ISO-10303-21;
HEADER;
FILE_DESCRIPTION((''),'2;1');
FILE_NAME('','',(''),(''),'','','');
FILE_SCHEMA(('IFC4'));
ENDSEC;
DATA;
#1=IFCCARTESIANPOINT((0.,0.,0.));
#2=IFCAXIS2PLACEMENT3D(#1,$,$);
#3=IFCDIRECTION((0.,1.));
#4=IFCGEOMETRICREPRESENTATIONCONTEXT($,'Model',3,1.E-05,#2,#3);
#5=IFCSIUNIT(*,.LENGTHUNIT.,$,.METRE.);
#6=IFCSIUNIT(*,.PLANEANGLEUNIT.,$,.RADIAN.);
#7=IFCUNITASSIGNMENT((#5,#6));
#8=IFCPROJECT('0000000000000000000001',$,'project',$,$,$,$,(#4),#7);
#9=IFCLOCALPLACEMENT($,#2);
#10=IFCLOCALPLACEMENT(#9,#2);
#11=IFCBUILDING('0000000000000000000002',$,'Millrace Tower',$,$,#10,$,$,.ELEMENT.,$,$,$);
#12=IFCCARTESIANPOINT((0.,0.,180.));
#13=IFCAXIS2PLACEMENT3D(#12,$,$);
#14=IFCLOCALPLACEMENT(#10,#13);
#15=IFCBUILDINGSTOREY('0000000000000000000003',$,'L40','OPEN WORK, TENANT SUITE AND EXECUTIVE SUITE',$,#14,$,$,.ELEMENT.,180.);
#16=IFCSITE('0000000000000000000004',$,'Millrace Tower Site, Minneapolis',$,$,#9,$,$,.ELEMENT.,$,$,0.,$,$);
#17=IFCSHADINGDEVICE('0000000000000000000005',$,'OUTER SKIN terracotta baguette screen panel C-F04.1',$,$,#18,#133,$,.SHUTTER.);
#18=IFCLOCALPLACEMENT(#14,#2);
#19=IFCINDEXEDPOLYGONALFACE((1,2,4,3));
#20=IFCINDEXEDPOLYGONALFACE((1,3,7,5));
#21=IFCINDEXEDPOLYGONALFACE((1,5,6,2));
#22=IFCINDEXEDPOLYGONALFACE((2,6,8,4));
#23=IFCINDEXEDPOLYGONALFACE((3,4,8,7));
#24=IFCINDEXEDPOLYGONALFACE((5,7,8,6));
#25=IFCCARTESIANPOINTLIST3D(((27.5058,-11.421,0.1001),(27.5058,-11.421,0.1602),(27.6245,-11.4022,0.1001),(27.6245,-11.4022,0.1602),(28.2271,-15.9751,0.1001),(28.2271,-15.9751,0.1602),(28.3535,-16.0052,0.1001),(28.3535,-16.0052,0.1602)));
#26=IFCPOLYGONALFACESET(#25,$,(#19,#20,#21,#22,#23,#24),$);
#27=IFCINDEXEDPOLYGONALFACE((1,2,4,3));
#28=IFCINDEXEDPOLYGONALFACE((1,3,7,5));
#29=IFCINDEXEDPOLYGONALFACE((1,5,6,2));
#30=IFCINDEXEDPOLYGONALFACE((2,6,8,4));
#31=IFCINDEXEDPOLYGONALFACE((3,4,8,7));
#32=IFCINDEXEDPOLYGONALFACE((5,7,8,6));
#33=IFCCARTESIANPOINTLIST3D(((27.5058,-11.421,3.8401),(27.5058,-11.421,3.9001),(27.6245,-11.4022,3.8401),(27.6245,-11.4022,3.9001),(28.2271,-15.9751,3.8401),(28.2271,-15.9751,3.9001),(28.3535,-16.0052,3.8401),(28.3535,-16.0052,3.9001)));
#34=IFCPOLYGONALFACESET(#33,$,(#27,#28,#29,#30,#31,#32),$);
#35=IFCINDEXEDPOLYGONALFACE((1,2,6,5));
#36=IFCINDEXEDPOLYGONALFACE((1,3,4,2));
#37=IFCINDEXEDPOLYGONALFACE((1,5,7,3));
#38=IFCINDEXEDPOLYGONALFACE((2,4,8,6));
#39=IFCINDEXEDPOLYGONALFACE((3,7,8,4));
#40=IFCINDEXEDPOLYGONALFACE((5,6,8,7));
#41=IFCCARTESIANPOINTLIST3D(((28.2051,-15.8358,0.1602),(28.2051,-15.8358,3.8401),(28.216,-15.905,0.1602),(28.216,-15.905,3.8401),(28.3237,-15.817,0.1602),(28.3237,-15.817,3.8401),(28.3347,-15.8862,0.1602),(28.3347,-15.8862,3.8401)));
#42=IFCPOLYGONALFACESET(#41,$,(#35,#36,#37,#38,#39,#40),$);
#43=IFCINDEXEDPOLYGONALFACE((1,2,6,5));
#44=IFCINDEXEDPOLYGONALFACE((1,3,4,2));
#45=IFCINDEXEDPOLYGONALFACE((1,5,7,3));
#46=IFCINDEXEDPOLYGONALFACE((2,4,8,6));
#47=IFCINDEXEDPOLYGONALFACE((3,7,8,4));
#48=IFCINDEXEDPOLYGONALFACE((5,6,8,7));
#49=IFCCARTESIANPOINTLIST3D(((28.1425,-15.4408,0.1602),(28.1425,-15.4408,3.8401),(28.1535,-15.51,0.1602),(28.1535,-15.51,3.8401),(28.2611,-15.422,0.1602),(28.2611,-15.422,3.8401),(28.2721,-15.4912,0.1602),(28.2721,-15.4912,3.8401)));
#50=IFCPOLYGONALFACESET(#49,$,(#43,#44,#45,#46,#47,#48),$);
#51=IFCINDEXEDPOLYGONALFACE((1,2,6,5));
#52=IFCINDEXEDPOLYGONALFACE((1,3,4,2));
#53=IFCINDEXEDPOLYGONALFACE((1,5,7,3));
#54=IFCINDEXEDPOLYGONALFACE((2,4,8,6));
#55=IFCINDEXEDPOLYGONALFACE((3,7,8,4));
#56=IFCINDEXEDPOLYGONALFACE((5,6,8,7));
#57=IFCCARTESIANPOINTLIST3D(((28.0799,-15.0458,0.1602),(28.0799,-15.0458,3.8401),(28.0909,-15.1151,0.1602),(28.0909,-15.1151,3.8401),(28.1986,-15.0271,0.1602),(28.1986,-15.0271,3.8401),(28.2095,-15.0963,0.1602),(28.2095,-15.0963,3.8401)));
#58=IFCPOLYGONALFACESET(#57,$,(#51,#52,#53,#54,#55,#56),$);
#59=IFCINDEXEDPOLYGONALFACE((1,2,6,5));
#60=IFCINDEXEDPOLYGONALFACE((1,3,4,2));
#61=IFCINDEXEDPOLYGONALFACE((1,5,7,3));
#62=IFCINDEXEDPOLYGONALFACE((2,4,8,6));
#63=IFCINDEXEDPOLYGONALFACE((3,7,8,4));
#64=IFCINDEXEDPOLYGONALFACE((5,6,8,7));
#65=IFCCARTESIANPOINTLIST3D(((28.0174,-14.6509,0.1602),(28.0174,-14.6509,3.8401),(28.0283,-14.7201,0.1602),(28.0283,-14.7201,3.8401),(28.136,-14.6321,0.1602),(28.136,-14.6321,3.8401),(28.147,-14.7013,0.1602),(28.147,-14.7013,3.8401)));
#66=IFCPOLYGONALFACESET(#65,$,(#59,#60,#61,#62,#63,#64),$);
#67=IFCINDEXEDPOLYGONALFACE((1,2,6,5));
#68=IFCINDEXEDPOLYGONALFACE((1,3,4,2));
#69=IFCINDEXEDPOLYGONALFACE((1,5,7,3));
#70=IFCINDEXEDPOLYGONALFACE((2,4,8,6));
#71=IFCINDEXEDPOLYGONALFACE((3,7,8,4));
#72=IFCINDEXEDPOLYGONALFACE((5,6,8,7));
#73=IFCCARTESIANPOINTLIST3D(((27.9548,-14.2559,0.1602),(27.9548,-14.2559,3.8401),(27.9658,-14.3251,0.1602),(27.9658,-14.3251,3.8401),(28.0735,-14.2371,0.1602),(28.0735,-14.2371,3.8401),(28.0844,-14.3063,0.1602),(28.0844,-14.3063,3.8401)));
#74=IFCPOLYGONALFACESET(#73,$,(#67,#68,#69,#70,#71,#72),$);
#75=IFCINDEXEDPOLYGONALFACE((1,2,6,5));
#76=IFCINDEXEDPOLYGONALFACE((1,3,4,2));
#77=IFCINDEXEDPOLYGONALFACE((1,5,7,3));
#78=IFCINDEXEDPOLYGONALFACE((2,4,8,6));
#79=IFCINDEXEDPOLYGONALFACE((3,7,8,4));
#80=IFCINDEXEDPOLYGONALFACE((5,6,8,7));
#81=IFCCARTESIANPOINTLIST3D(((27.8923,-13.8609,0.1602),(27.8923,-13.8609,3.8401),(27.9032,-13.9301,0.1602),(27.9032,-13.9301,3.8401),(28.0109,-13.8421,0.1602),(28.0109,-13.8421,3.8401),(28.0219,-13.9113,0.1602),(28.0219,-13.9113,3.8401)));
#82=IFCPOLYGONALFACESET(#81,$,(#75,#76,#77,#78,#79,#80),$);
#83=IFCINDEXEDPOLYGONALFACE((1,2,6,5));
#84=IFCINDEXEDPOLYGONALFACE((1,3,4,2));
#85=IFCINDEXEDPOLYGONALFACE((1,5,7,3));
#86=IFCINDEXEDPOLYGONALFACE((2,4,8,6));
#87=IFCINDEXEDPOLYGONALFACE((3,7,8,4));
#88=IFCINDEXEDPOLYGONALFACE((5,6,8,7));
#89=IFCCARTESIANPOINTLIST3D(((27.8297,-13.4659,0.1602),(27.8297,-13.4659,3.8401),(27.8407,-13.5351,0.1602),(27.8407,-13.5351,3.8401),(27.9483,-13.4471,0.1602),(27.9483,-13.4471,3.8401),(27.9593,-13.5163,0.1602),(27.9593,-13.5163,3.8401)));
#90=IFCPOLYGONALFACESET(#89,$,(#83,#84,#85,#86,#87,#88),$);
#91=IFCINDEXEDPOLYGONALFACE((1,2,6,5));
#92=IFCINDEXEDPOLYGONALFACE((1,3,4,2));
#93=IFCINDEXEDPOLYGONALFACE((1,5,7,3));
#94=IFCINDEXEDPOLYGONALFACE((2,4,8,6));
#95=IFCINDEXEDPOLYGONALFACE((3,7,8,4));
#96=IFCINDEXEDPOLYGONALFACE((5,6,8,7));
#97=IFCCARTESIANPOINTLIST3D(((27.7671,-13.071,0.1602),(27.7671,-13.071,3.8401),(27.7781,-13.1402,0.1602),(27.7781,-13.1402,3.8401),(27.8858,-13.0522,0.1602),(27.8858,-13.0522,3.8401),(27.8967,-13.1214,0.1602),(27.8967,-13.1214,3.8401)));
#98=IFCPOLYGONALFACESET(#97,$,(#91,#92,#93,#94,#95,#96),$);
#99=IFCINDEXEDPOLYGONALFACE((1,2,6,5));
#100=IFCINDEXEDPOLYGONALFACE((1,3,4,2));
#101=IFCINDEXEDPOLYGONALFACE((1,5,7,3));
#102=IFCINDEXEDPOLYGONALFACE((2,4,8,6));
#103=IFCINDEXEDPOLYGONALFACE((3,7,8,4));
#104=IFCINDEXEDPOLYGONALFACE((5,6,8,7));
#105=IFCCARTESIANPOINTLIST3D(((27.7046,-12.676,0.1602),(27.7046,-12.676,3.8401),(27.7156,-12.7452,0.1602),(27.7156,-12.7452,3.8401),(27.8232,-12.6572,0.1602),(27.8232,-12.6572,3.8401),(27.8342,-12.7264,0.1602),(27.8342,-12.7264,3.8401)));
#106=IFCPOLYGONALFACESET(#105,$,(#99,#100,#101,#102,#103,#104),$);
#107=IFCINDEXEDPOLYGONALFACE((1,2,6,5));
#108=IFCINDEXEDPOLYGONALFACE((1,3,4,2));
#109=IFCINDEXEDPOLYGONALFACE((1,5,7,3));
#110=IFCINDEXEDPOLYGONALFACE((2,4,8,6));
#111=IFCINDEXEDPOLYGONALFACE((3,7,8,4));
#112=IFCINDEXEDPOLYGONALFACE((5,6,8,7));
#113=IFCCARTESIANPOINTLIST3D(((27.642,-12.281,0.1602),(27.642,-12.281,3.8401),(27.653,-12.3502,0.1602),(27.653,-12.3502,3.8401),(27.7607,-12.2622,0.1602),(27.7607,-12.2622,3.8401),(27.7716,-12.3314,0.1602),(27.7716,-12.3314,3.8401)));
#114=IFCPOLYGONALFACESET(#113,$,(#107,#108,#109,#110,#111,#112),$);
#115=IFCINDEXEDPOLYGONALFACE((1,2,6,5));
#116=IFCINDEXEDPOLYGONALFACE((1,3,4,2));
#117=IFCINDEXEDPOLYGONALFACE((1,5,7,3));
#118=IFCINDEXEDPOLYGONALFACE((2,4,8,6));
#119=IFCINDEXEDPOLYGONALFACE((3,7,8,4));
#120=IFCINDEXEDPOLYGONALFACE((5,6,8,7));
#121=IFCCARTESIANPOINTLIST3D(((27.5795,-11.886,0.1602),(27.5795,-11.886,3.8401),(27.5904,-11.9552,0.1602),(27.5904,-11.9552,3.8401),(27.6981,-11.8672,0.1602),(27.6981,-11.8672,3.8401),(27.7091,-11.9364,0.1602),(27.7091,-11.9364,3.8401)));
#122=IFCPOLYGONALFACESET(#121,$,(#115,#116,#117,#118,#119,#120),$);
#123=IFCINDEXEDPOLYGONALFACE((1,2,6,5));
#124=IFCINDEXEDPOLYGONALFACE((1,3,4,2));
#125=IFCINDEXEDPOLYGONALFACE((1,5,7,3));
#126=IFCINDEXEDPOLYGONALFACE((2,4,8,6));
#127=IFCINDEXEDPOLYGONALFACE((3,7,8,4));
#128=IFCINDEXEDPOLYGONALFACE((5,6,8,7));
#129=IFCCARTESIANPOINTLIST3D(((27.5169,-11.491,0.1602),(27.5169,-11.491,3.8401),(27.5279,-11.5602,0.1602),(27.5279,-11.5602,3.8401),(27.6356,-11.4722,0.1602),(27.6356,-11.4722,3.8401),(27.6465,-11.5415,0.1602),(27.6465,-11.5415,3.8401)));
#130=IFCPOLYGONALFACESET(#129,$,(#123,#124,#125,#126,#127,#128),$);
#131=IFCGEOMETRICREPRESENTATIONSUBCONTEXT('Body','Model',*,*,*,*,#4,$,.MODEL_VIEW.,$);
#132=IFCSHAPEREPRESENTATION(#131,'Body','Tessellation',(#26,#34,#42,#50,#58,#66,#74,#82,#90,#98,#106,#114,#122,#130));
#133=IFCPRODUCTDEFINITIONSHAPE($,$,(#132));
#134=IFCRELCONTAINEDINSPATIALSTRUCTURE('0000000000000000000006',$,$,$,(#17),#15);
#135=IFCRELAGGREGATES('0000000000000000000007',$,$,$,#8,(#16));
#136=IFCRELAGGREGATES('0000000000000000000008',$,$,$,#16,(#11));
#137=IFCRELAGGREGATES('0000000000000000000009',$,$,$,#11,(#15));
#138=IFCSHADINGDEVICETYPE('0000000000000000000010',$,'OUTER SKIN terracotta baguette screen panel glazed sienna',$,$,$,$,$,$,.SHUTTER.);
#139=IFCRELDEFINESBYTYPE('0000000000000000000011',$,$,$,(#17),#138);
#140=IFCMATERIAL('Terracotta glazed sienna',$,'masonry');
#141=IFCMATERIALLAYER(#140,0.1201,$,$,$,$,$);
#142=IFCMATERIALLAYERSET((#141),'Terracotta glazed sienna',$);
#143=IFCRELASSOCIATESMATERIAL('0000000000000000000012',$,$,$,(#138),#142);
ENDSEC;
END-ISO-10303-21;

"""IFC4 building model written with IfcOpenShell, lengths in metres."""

from ifc_helpers import new_model, entity, si_unit, direction, frame, frame_2d, origin, place, context, subcontext, project, spatial, rectangle, extrude, source, transform, mapped, material, layer, layer_set, type_object, element, save


model = new_model("IFC4")

# Units and contexts
model_context = context("Model", 3, precision=1e-05, world=origin(), true_north=direction((0.0, 1.0)))
body_context = subcontext(model_context, "Body", "Model", "MODEL_VIEW")
ifc_project = project(units=[si_unit("LENGTHUNIT", "METRE"), si_unit("PLANEANGLEUNIT", "RADIAN")], contexts=[model_context])

# Site, building, storey
site_placement = place(None, origin())
site = spatial("IfcSite", under=ifc_project, at=site_placement, Name="Millrace Tower Site, Minneapolis", CompositionType="ELEMENT", RefElevation=0.0)
building_placement = place(site_placement, origin())
building = spatial("IfcBuilding", under=site, at=building_placement, Name="Millrace Tower", CompositionType="ELEMENT")
storey_placement = place(building_placement, frame((0.0, 0.0, 180.0)))
storey = spatial("IfcBuildingStorey", under=building, at=storey_placement, Name="L40", Description="OPEN WORK, TENANT SUITE AND EXECUTIVE SUITE", CompositionType="ELEMENT", Elevation=180.0)

# Shading device
ifc_material_1 = material(Name="Terracotta glazed sienna", Category="masonry")
ifc_layer_1 = layer(ifc_material_1, 0.1201)
ifc_layer_set_1 = layer_set([ifc_layer_1], Name="Terracotta glazed sienna")
shading_device_type = type_object("IfcShadingDeviceType", Name="OUTER SKIN terracotta baguette screen panel glazed sienna", PredefinedType="SHUTTER", material=ifc_layer_set_1)
cartesian_point_1 = entity("IfcCartesianPoint", [-2.293, 0.0601])
shared_polyline_1 = entity("IfcPolyline", [cartesian_point_1, entity("IfcCartesianPoint", [2.3179, 0.0601]), entity("IfcCartesianPoint", [2.3179, -0.0601]), entity("IfcCartesianPoint", [-2.3425, -0.0601]), cartesian_point_1])
shared_shape_1 = source(origin(), body_context, "Body", "SweptSolid", [
    entity("IfcExtrudedAreaSolid", entity("IfcArbitraryClosedProfileDef", "AREA", None, shared_polyline_1), entity("IfcAxis2Placement3D", entity("IfcCartesianPoint", [0.0, 0.0, 0.0])), entity("IfcDirection", [0.0, 0.0, 1.0]), 0.0601),
    entity("IfcExtrudedAreaSolid", entity("IfcArbitraryClosedProfileDef", "AREA", None, shared_polyline_1), entity("IfcAxis2Placement3D", entity("IfcCartesianPoint", [0.0, 0.0, 3.74])), entity("IfcDirection", [0.0, 0.0, 1.0]), 0.0601),
    extrude(rectangle(XDim=0.0701, YDim=0.1201, at=frame_2d((-2.187, 0.0))), frame((0.0, 0.0, 0.0601)), (0.0, 0.0, 1.0), 3.6799),
    extrude(rectangle(XDim=0.0701, YDim=0.1201, at=frame_2d((-1.7871, 0.0))), frame((0.0, 0.0, 0.0601)), (0.0, 0.0, 1.0), 3.6799),
    extrude(rectangle(XDim=0.0701, YDim=0.1201, at=frame_2d((-1.3872, 0.0))), frame((0.0, 0.0, 0.0601)), (0.0, 0.0, 1.0), 3.6799),
    extrude(rectangle(XDim=0.0701, YDim=0.1201, at=frame_2d((-0.9873, 0.0))), frame((0.0, 0.0, 0.0601)), (0.0, 0.0, 1.0), 3.6799),
    extrude(rectangle(XDim=0.0701, YDim=0.1201, at=frame_2d((-0.5874, 0.0))), frame((0.0, 0.0, 0.0601)), (0.0, 0.0, 1.0), 3.6799),
    extrude(rectangle(XDim=0.0701, YDim=0.1201, at=frame_2d((-0.1875, 0.0))), frame((0.0, 0.0, 0.0601)), (0.0, 0.0, 1.0), 3.6799),
    extrude(rectangle(XDim=0.0701, YDim=0.1201, at=frame_2d((0.2124, 0.0))), frame((0.0, 0.0, 0.0601)), (0.0, 0.0, 1.0), 3.6799),
    extrude(rectangle(XDim=0.0701, YDim=0.1201, at=frame_2d((0.6123, 0.0))), frame((0.0, 0.0, 0.0601)), (0.0, 0.0, 1.0), 3.6799),
    extrude(rectangle(XDim=0.0701, YDim=0.1201, at=frame_2d((1.0122, 0.0))), frame((0.0, 0.0, 0.0601)), (0.0, 0.0, 1.0), 3.6799),
    extrude(rectangle(XDim=0.0701, YDim=0.1201, at=frame_2d((1.4121, 0.0))), frame((0.0, 0.0, 0.0601)), (0.0, 0.0, 1.0), 3.6799),
    extrude(rectangle(XDim=0.0701, YDim=0.1201, at=frame_2d((1.812, 0.0))), frame((0.0, 0.0, 0.0601)), (0.0, 0.0, 1.0), 3.6799),
    extrude(rectangle(XDim=0.0701, YDim=0.1201, at=frame_2d((2.2119, 0.0))), frame((0.0, 0.0, 0.0601)), (0.0, 0.0, 1.0), 3.6799),
])
shading_device_1_placement = place(storey_placement, frame((27.9277, -13.7009, 0.1001), z_axis=(0.0, 0.0, 1.0), x_axis=(-0.156434, 0.987688, 0.0)))
element("IfcShadingDevice", 1, at=shading_device_1_placement, inside=storey, type_object=shading_device_type, Name="OUTER SKIN terracotta baguette screen panel C-F04.1", PredefinedType="SHUTTER", context=body_context, shape_type="MappedRepresentation", body=[
    mapped(shared_shape_1, transform((0.0, 0.0, 0.0), scale=1.0)),
])

save(model, "model.ifc")
